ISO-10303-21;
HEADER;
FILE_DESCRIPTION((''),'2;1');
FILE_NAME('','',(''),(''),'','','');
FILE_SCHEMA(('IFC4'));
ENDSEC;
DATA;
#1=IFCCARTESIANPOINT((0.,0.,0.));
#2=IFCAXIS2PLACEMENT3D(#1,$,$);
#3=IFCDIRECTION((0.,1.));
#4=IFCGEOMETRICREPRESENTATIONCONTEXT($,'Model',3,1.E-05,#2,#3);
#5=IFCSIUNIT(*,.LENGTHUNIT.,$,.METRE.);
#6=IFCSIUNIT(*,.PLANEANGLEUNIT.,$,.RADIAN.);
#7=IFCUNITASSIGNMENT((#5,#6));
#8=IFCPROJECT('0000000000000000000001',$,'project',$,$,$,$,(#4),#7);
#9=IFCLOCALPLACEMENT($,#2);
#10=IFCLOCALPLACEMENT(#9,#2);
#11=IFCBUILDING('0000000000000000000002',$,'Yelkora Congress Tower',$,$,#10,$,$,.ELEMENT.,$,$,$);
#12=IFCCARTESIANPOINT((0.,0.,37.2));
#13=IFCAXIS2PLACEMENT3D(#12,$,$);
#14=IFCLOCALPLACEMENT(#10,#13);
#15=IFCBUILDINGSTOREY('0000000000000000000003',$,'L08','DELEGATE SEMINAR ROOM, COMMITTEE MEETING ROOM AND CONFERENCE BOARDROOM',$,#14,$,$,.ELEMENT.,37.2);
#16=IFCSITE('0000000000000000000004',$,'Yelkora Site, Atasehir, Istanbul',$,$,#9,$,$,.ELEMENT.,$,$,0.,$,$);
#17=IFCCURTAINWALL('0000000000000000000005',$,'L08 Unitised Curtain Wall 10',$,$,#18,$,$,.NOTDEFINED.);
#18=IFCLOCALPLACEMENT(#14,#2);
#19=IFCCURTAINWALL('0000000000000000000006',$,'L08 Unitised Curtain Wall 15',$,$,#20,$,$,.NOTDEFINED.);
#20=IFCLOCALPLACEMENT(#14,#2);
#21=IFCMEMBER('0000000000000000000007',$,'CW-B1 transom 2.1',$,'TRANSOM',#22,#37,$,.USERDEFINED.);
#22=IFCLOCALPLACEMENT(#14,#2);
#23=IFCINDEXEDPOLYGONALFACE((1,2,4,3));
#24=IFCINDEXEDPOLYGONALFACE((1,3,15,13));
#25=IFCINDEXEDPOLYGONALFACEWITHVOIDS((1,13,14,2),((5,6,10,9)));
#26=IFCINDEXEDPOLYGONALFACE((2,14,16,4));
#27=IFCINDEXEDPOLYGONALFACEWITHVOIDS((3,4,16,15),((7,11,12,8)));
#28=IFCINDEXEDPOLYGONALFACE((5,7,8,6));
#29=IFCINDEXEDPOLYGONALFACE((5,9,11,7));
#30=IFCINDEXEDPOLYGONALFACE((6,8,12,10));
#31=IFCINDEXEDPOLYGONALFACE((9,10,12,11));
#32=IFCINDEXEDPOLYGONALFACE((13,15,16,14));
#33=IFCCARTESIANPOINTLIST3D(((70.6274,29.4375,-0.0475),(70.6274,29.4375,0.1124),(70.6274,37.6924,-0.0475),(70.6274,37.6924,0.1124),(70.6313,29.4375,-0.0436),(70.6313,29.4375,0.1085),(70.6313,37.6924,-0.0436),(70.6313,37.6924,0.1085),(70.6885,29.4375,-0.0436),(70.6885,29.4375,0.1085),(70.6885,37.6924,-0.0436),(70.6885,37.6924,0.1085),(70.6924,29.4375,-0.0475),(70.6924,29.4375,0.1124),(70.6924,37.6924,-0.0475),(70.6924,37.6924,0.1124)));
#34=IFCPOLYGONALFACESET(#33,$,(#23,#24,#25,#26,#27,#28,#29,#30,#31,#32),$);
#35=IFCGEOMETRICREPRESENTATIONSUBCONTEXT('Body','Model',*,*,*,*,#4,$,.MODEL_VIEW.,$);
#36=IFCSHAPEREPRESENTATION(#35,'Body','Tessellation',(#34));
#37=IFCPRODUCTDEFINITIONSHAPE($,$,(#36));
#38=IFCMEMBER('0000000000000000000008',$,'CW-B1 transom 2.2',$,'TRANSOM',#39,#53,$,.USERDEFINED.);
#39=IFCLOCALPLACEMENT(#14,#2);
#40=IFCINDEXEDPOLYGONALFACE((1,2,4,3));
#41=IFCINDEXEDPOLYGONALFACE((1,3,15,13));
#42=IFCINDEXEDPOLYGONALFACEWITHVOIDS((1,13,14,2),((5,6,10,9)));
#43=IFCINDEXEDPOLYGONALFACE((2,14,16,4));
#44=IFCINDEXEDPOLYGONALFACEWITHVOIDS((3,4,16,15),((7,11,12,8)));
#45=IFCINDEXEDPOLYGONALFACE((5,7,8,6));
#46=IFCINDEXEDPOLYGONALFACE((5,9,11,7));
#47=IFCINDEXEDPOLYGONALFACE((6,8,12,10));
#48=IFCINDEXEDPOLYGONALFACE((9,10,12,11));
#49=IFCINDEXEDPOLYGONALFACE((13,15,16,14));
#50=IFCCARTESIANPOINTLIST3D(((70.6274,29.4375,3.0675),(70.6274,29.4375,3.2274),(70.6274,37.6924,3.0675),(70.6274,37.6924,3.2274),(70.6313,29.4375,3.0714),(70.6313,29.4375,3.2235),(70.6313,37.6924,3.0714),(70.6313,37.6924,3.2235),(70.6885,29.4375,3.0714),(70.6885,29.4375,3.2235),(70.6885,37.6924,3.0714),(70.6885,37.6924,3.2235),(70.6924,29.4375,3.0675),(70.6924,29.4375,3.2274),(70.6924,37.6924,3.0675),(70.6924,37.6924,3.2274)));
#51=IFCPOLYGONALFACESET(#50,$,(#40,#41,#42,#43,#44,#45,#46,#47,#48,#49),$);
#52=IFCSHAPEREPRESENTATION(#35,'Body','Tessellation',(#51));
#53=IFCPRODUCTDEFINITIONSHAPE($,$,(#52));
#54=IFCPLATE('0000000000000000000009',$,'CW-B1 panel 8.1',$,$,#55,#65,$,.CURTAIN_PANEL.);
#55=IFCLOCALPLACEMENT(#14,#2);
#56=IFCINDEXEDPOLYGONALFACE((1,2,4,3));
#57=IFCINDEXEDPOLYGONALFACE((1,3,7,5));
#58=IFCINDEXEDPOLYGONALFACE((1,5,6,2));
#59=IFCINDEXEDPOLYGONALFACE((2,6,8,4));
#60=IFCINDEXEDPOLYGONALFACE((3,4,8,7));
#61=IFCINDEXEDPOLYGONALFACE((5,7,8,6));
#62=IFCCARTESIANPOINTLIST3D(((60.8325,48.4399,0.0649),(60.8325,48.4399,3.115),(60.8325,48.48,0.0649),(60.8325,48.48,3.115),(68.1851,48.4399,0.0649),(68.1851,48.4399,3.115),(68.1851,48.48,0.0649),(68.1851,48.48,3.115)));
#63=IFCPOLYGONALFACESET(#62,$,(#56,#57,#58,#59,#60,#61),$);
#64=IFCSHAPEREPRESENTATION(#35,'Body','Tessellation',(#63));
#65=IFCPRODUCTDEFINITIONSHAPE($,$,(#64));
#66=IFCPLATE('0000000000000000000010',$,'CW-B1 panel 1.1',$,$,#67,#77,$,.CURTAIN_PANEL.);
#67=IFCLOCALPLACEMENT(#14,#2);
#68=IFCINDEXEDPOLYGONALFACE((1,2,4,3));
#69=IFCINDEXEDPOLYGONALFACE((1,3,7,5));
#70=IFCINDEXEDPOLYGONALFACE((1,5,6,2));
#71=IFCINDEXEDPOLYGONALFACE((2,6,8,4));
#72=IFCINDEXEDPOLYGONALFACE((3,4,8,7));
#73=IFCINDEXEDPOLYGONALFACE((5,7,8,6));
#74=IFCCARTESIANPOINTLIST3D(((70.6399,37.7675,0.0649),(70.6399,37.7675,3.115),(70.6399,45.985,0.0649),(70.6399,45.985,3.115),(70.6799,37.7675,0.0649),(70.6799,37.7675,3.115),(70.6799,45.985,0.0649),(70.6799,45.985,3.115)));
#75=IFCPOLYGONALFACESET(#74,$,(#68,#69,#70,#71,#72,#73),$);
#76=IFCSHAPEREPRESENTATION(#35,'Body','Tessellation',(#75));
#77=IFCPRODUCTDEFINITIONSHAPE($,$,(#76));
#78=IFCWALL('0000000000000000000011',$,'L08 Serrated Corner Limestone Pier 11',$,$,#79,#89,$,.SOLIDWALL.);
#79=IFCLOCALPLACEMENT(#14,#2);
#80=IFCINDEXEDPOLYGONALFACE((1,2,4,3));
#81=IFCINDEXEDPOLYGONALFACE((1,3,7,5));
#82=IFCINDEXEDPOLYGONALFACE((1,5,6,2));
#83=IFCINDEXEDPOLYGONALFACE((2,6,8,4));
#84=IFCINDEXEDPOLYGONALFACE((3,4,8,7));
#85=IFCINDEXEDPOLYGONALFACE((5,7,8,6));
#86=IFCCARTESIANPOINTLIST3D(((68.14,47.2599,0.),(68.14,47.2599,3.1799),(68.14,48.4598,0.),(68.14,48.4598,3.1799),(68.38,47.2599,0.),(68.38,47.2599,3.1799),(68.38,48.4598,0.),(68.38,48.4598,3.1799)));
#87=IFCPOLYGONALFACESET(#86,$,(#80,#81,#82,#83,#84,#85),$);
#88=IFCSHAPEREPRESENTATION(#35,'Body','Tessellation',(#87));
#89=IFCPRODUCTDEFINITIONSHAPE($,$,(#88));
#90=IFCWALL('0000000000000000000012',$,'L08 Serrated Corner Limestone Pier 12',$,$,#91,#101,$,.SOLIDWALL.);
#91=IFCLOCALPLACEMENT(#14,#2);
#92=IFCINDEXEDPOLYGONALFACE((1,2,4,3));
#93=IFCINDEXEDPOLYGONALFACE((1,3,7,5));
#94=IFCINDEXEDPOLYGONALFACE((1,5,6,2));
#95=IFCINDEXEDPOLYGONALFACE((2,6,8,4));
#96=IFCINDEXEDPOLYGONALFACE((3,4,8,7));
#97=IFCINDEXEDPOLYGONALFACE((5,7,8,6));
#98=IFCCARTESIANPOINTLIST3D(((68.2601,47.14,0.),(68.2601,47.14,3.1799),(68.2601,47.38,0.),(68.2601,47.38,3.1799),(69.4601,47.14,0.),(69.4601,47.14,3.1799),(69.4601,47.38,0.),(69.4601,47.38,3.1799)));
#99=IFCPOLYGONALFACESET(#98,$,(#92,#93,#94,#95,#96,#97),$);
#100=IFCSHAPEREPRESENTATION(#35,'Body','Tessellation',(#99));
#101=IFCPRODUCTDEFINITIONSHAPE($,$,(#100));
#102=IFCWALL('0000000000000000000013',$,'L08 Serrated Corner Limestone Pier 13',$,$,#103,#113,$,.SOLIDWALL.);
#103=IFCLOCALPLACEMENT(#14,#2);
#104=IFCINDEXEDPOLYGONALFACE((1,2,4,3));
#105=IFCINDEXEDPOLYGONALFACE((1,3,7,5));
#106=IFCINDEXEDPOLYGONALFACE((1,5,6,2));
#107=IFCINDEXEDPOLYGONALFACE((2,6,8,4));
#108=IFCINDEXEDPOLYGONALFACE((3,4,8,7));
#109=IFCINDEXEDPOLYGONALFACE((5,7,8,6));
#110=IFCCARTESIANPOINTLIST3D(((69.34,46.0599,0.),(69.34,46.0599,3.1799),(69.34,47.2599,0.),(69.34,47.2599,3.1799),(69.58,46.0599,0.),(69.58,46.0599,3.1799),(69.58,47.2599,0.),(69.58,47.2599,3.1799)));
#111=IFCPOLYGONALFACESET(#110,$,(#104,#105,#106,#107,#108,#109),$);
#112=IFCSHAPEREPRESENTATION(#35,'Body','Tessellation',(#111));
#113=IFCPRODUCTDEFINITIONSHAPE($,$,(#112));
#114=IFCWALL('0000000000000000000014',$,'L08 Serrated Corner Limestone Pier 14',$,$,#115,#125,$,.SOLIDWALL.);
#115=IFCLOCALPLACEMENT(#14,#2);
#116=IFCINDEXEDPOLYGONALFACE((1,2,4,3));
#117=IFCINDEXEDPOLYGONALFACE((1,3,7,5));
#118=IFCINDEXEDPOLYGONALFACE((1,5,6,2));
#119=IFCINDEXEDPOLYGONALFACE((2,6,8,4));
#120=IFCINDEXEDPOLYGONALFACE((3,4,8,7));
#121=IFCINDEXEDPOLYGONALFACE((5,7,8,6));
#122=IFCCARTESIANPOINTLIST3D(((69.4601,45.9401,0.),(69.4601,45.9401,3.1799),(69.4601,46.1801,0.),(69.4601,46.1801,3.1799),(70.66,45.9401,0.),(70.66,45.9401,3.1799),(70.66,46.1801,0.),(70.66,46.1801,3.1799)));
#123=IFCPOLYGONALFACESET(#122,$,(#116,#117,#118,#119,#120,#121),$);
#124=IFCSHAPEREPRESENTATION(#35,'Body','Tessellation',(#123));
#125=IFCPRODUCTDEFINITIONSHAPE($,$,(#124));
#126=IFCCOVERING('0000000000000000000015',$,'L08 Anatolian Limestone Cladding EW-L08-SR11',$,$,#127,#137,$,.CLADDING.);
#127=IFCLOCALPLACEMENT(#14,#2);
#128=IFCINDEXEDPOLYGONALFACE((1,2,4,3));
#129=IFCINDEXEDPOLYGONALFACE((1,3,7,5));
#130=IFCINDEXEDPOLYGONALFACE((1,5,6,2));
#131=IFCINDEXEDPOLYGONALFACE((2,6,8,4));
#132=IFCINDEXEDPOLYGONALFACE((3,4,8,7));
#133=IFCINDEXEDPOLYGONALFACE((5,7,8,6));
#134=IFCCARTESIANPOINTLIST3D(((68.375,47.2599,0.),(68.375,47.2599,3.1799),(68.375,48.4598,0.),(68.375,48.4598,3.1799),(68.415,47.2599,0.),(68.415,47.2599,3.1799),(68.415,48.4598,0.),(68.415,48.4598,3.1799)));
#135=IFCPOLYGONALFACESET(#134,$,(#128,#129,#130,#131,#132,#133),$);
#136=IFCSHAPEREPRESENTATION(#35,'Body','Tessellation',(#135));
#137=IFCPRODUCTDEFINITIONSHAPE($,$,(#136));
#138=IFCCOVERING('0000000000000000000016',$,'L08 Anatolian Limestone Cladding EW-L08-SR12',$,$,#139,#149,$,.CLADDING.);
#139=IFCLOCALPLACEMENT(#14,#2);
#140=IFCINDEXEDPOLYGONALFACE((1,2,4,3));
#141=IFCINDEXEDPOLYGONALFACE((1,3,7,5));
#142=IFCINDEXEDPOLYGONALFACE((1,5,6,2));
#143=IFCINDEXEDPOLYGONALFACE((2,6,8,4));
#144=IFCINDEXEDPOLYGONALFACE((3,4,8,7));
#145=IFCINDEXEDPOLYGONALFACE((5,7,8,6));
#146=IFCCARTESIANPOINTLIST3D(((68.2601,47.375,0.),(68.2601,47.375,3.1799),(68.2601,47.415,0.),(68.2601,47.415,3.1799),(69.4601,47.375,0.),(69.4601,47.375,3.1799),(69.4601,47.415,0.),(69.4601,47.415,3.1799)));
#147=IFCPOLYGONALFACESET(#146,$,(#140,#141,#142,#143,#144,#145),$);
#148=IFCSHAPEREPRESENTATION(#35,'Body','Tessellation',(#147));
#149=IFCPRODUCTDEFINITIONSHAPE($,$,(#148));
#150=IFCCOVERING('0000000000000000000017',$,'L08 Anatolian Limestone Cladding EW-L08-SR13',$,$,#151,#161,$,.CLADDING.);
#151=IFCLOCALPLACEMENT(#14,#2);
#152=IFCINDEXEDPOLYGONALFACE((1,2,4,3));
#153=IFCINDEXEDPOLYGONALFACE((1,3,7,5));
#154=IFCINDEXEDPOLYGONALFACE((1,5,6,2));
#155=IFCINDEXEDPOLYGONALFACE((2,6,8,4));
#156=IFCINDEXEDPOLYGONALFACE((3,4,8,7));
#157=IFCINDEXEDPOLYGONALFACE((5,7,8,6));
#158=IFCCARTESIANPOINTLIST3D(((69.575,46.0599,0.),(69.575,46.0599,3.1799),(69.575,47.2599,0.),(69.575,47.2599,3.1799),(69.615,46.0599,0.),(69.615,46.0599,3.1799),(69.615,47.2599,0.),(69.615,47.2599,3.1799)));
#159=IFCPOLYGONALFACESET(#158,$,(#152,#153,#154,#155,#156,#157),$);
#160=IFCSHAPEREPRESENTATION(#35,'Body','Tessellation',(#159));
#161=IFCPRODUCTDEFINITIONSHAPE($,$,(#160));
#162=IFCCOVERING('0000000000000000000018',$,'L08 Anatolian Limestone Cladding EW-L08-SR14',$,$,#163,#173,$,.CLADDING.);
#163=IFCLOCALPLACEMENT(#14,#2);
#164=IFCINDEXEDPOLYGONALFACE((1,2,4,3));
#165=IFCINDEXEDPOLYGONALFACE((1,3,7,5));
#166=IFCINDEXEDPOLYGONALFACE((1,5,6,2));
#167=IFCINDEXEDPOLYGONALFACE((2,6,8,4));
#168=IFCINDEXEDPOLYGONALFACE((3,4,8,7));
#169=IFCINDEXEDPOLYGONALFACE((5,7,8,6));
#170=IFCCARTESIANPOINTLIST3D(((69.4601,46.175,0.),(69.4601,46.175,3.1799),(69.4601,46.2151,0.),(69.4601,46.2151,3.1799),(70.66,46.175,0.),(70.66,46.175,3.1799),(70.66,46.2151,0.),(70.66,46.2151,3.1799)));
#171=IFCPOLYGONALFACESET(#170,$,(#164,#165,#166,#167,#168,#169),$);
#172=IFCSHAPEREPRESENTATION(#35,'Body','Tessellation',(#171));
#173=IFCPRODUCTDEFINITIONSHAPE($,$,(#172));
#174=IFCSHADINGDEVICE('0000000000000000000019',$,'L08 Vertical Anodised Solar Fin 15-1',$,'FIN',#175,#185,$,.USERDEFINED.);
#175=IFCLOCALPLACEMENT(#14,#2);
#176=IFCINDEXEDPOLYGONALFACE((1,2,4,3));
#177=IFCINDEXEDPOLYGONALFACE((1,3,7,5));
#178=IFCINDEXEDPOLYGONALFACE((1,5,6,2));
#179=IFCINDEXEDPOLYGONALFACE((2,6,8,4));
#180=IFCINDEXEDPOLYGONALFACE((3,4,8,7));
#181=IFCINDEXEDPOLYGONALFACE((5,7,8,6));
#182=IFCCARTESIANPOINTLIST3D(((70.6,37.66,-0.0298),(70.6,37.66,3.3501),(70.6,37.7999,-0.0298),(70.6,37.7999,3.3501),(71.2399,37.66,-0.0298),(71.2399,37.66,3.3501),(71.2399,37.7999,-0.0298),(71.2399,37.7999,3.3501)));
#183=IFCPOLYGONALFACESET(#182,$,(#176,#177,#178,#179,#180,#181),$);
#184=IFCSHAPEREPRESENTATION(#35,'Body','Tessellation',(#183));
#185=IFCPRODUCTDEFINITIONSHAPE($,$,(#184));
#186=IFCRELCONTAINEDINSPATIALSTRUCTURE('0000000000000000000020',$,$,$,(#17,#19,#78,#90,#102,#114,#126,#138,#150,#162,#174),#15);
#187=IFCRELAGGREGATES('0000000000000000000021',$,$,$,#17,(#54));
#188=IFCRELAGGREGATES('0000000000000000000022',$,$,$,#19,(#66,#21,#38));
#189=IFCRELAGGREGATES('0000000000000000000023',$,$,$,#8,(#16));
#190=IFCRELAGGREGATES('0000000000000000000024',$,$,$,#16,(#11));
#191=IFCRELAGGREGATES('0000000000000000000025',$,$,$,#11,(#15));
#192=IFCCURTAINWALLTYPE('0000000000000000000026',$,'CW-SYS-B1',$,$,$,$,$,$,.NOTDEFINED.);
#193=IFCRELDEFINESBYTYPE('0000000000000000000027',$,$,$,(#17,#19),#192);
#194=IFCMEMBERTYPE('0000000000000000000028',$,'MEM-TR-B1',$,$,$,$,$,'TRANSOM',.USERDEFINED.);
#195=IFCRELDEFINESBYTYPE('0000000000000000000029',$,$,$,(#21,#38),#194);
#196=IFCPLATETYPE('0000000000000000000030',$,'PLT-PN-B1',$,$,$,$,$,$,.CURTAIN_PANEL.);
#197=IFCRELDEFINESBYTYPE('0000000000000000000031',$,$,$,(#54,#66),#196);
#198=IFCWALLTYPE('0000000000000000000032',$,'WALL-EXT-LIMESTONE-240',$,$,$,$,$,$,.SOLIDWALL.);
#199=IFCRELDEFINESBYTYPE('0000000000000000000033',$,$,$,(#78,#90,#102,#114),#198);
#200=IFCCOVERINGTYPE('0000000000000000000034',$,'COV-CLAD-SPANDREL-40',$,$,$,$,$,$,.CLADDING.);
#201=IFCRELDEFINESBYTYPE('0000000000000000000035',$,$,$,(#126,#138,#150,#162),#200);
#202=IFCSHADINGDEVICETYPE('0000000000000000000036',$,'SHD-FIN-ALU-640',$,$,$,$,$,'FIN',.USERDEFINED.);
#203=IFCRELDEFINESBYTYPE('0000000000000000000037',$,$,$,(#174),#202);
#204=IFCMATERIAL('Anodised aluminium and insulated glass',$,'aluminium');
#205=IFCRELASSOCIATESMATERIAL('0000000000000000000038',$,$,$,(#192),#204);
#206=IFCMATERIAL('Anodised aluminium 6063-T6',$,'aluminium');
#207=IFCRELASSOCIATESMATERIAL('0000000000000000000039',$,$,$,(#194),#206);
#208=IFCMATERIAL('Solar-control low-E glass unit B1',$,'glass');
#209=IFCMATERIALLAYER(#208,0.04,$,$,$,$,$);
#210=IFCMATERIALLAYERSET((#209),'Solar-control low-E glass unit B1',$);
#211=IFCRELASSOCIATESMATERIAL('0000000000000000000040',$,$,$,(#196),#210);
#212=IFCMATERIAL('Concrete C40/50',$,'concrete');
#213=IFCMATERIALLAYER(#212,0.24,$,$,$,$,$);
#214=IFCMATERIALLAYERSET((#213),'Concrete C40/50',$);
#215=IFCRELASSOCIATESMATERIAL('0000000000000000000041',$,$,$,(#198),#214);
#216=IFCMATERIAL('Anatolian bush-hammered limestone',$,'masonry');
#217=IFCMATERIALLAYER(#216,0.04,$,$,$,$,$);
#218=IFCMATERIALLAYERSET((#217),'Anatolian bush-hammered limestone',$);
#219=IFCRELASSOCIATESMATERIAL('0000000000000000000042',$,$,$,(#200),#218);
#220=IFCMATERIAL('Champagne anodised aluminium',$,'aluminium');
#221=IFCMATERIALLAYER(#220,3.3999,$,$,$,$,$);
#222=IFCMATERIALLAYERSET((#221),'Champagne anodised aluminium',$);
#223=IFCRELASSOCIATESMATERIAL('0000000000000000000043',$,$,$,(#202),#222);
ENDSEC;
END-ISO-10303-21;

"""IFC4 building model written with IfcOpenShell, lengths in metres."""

from ifc_helpers import new_model, si_unit, direction, frame, frame_2d, origin, origin_2d, place, context, subcontext, project, spatial, rectangle, hollow_rectangle, extrude, material, layer, layer_set, material_profile, profile_set, type_object, element, aggregate, save


model = new_model("IFC4")

# Units and contexts
model_context = context("Model", 3, precision=1e-05, world=origin(), true_north=direction((0.0, 1.0)))
body_context = subcontext(model_context, "Body", "Model", "MODEL_VIEW")
ifc_project = project(units=[si_unit("LENGTHUNIT", "METRE"), si_unit("PLANEANGLEUNIT", "RADIAN")], contexts=[model_context])

# Site, building, storey
site_placement = place(None, origin())
site = spatial("IfcSite", under=ifc_project, at=site_placement, Name="Yelkora Site, Atasehir, Istanbul", CompositionType="ELEMENT", RefElevation=0.0)
building_placement = place(site_placement, origin())
building = spatial("IfcBuilding", under=site, at=building_placement, Name="Yelkora Congress Tower", CompositionType="ELEMENT")
storey_placement = place(building_placement, frame((0.0, 0.0, 37.2)))
storey = spatial("IfcBuildingStorey", under=building, at=storey_placement, Name="L08", Description="DELEGATE SEMINAR ROOM, COMMITTEE MEETING ROOM AND CONFERENCE BOARDROOM", CompositionType="ELEMENT", Elevation=37.2)

# Curtain wall
ifc_material_1 = material(Name="Anodised aluminium and insulated glass", Category="aluminium")
curtain_wall_type = type_object("IfcCurtainWallType", Name="CW-SYS-B1", PredefinedType="NOTDEFINED", material=ifc_material_1)
curtain_wall_1_placement = place(storey_placement, origin())
curtain_wall_1 = element("IfcCurtainWall", 1, at=curtain_wall_1_placement, inside=storey, type_object=curtain_wall_type, Name="L08 Unitised Curtain Wall 10", PredefinedType="NOTDEFINED")
ifc_material_2 = material(Name="Anodised aluminium 6063-T6", Category="aluminium")

# Curtain wall, members
curtain_wall_2_placement = place(storey_placement, origin())
curtain_wall_2 = element("IfcCurtainWall", 2, at=curtain_wall_2_placement, inside=storey, type_object=curtain_wall_type, Name="L08 Unitised Curtain Wall 15", PredefinedType="NOTDEFINED")
ifc_material_profile_1 = material_profile(ifc_material_2, hollow_rectangle(XDim=0.0649, YDim=0.1599, WallThickness=0.0039, at=origin_2d()), Name="ALU 65x160x4")
ifc_profile_set_1 = profile_set([ifc_material_profile_1], Name="Anodised aluminium 6063-T6")
member_type_1 = type_object("IfcMemberType", Name="MEM-TR-B1", ElementType="TRANSOM", PredefinedType="USERDEFINED", material=ifc_profile_set_1)
member_1_placement = place(storey_placement, frame((70.6599, 37.6924, 0.0325), z_axis=(0.0, -1.0, 0.0), x_axis=(1.0, 0.0, 0.0)))
member_1 = element("IfcMember", 3, at=member_1_placement, type_object=member_type_1, Name="CW-B1 transom 2.1", ObjectType="TRANSOM", PredefinedType="USERDEFINED", context=body_context, shape_type="SweptSolid", body=[
    extrude(hollow_rectangle(XDim=0.0649, YDim=0.1599, WallThickness=0.0039, at=origin_2d()), origin(), (0.0, 0.0, 1.0), 8.2549),
])
member_2_placement = place(storey_placement, frame((70.6599, 37.6924, 3.1475), z_axis=(0.0, -1.0, 0.0), x_axis=(1.0, 0.0, 0.0)))
member_2 = element("IfcMember", 4, at=member_2_placement, type_object=member_type_1, Name="CW-B1 transom 2.2", ObjectType="TRANSOM", PredefinedType="USERDEFINED", context=body_context, shape_type="SweptSolid", body=[
    extrude(hollow_rectangle(XDim=0.0649, YDim=0.1599, WallThickness=0.0039, at=origin_2d()), origin(), (0.0, 0.0, 1.0), 8.2549),
])

# Plates
ifc_material_3 = material(Name="Solar-control low-E glass unit B1", Category="glass")
ifc_layer_1 = layer(ifc_material_3, 0.04)
ifc_layer_set_1 = layer_set([ifc_layer_1], Name="Solar-control low-E glass unit B1")
plate_type = type_object("IfcPlateType", Name="PLT-PN-B1", PredefinedType="CURTAIN_PANEL", material=ifc_layer_set_1)
plate_1_placement = place(storey_placement, frame((64.5088, 48.46, 0.0649), z_axis=(0.0, 0.0, 1.0), x_axis=(1.0, 0.0, 0.0)))
plate_1 = element("IfcPlate", 5, at=plate_1_placement, type_object=plate_type, Name="CW-B1 panel 8.1", PredefinedType="CURTAIN_PANEL", context=body_context, shape_type="SweptSolid", body=[
    extrude(rectangle(XDim=7.3525, YDim=0.04, at=origin_2d()), origin(), (0.0, 0.0, 1.0), 3.05),
])
aggregate(curtain_wall_1, [plate_1])
plate_2_placement = place(storey_placement, frame((70.6599, 41.8762, 0.0649), z_axis=(0.0, 0.0, 1.0), x_axis=(0.0, -1.0, 0.0)))
plate_2 = element("IfcPlate", 6, at=plate_2_placement, type_object=plate_type, Name="CW-B1 panel 1.1", PredefinedType="CURTAIN_PANEL", context=body_context, shape_type="SweptSolid", body=[
    extrude(rectangle(XDim=8.2175, YDim=0.04, at=origin_2d()), origin(), (0.0, 0.0, 1.0), 3.05),
])
aggregate(curtain_wall_2, [plate_2, member_1, member_2])

# Walls
ifc_material_4 = material(Name="Concrete C40/50", Category="concrete")
ifc_layer_2 = layer(ifc_material_4, 0.24)
ifc_layer_set_2 = layer_set([ifc_layer_2], Name="Concrete C40/50")
wall_type = type_object("IfcWallType", Name="WALL-EXT-LIMESTONE-240", PredefinedType="SOLIDWALL", material=ifc_layer_set_2)
for number, where, z_axis, x_axis, name in (
    (7, (68.26, 48.46, 0.0), (0.0, 0.0, 1.0), (0.0, -1.0, 0.0), "L08 Serrated Corner Limestone Pier 11"),
    (8, (68.26, 47.26, 0.0), (0.0, 0.0, 1.0), (1.0, 0.0, 0.0), "L08 Serrated Corner Limestone Pier 12"),
    (9, (69.46, 47.26, 0.0), (0.0, 0.0, 1.0), (0.0, -1.0, 0.0), "L08 Serrated Corner Limestone Pier 13"),
    (10, (69.46, 46.0601, 0.0), (0.0, 0.0, 1.0), (1.0, 0.0, 0.0), "L08 Serrated Corner Limestone Pier 14"),
):
    element("IfcWall", number, at=place(storey_placement, frame(where, z_axis=z_axis, x_axis=x_axis)), inside=storey, type_object=wall_type, Name=name, PredefinedType="SOLIDWALL", context=body_context, shape_type="SweptSolid", body=[
        extrude(rectangle(XDim=1.2, YDim=0.24, at=frame_2d((0.6001, 0.0))), origin(), (0.0, 0.0, 1.0), 3.1799),
    ])

# Coverings
ifc_material_5 = material(Name="Anatolian bush-hammered limestone", Category="masonry")
ifc_layer_3 = layer(ifc_material_5, 0.04)
ifc_layer_set_3 = layer_set([ifc_layer_3], Name="Anatolian bush-hammered limestone")
covering_type = type_object("IfcCoveringType", Name="COV-CLAD-SPANDREL-40", PredefinedType="CLADDING", material=ifc_layer_set_3)
for number, where, z_axis, x_axis, name in (
    (11, (68.395, 48.46, 0.0), (0.0, 0.0, 1.0), (0.0, -1.0, 0.0), "L08 Anatolian Limestone Cladding EW-L08-SR11"),
    (12, (68.26, 47.395, 0.0), (0.0, 0.0, 1.0), (1.0, 0.0, 0.0), "L08 Anatolian Limestone Cladding EW-L08-SR12"),
    (13, (69.595, 47.26, 0.0), (0.0, 0.0, 1.0), (0.0, -1.0, 0.0), "L08 Anatolian Limestone Cladding EW-L08-SR13"),
    (14, (69.46, 46.1951, 0.0), (0.0, 0.0, 1.0), (1.0, 0.0, 0.0), "L08 Anatolian Limestone Cladding EW-L08-SR14"),
):
    element("IfcCovering", number, at=place(storey_placement, frame(where, z_axis=z_axis, x_axis=x_axis)), inside=storey, type_object=covering_type, Name=name, PredefinedType="CLADDING", context=body_context, shape_type="SweptSolid", body=[
        extrude(rectangle(XDim=1.2, YDim=0.04, at=frame_2d((0.6001, 0.0))), origin(), (0.0, 0.0, 1.0), 3.1799),
    ])

# Shading device
ifc_material_6 = material(Name="Champagne anodised aluminium", Category="aluminium")
ifc_layer_4 = layer(ifc_material_6, 3.3999)
ifc_layer_set_4 = layer_set([ifc_layer_4], Name="Champagne anodised aluminium")
shading_device_type = type_object("IfcShadingDeviceType", Name="SHD-FIN-ALU-640", ElementType="FIN", PredefinedType="USERDEFINED", material=ifc_layer_set_4)
shading_device_placement = place(storey_placement, frame((70.9199, 37.73, -0.0298), z_axis=(0.0, 0.0, 1.0), x_axis=(0.0, -1.0, 0.0)))
element("IfcShadingDevice", 15, at=shading_device_placement, inside=storey, type_object=shading_device_type, Name="L08 Vertical Anodised Solar Fin 15-1", ObjectType="FIN", PredefinedType="USERDEFINED", context=body_context, shape_type="SweptSolid", body=[
    extrude(rectangle(XDim=0.1399, YDim=0.6399, at=origin_2d()), origin(), (0.0, 0.0, 1.0), 3.3799),
])

save(model, "model.ifc")
